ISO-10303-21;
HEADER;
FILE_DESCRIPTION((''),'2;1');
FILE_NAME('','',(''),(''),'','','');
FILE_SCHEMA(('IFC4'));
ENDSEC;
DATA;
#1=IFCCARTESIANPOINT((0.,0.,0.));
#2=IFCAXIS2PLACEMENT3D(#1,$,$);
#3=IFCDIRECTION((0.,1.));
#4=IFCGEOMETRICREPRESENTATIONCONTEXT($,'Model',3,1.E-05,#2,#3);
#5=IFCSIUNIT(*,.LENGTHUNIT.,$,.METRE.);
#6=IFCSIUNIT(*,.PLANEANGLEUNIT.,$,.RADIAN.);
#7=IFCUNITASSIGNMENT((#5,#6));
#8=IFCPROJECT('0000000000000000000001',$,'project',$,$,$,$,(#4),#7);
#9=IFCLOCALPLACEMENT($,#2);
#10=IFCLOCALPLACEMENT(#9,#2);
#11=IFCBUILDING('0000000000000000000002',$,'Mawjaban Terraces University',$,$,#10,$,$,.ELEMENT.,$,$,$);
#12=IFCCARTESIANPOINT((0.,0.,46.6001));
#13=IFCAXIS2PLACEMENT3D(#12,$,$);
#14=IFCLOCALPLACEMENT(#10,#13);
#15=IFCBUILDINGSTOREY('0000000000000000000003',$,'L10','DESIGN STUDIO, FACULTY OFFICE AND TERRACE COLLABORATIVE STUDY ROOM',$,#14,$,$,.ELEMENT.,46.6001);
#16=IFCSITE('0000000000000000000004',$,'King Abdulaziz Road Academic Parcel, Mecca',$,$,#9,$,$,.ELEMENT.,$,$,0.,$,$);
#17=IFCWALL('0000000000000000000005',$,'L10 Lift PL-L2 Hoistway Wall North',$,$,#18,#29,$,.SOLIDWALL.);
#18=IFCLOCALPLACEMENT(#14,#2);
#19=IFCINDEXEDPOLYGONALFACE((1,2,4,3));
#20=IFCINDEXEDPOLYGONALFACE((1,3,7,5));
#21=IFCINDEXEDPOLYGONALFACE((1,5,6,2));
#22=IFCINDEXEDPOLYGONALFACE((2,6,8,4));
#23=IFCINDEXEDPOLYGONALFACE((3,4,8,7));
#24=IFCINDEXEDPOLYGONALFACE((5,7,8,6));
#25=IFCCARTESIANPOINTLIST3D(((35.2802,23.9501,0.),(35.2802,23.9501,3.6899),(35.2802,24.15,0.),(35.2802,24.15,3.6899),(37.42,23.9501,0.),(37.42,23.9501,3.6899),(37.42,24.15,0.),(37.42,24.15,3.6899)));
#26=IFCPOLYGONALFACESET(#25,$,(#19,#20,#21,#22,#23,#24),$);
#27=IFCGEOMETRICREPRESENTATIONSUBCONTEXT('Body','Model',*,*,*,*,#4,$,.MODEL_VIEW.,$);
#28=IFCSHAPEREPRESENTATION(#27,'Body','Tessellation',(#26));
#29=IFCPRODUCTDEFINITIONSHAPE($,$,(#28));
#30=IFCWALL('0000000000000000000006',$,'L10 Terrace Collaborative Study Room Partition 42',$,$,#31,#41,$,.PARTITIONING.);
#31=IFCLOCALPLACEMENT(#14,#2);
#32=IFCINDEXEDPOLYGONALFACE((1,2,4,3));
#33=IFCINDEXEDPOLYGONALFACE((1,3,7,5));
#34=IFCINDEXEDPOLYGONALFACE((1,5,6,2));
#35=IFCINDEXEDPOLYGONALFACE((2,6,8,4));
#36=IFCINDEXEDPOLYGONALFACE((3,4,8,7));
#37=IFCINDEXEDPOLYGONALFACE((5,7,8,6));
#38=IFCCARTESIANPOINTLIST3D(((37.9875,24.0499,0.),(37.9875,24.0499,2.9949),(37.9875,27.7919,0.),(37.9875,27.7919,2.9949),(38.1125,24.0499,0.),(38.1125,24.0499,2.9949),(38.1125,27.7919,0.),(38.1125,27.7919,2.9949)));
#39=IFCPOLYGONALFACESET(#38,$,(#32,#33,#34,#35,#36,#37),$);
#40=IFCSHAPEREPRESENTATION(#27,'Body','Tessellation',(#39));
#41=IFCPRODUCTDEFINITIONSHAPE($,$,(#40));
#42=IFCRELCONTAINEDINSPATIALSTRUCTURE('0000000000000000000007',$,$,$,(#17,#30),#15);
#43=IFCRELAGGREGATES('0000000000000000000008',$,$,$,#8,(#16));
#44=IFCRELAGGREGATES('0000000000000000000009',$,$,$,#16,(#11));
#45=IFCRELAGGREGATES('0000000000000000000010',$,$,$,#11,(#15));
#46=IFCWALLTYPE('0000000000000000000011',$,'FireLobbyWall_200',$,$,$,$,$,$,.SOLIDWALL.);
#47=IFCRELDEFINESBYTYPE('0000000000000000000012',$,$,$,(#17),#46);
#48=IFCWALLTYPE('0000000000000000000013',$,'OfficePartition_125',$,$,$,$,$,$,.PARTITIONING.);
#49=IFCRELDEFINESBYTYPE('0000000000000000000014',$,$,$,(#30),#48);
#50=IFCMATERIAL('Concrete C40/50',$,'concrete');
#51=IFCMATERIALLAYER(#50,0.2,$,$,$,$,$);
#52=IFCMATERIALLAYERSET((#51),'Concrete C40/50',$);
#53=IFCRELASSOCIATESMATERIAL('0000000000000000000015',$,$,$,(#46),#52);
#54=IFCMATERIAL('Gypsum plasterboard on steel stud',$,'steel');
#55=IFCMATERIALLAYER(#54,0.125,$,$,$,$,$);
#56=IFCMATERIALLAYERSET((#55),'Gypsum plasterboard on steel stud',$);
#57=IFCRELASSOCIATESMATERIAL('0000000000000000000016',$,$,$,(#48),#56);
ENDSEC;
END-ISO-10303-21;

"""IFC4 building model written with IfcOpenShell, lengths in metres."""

from ifc_helpers import new_model, si_unit, direction, frame, frame_2d, origin, place, context, subcontext, project, spatial, rectangle, extrude, material, layer, layer_set, type_object, element, save


model = new_model("IFC4")

# Units and contexts
model_context = context("Model", 3, precision=1e-05, world=origin(), true_north=direction((0.0, 1.0)))
body_context = subcontext(model_context, "Body", "Model", "MODEL_VIEW")
ifc_project = project(units=[si_unit("LENGTHUNIT", "METRE"), si_unit("PLANEANGLEUNIT", "RADIAN")], contexts=[model_context])

# Site, building, storey
site_placement = place(None, origin())
site = spatial("IfcSite", under=ifc_project, at=site_placement, Name="King Abdulaziz Road Academic Parcel, Mecca", CompositionType="ELEMENT", RefElevation=0.0)
building_placement = place(site_placement, origin())
building = spatial("IfcBuilding", under=site, at=building_placement, Name="Mawjaban Terraces University", CompositionType="ELEMENT")
storey_placement = place(building_placement, frame((0.0, 0.0, 46.6001)))
storey = spatial("IfcBuildingStorey", under=building, at=storey_placement, Name="L10", Description="DESIGN STUDIO, FACULTY OFFICE AND TERRACE COLLABORATIVE STUDY ROOM", CompositionType="ELEMENT", Elevation=46.6001)

# Walls
ifc_material_1 = material(Name="Concrete C40/50", Category="concrete")
ifc_layer_1 = layer(ifc_material_1, 0.2)
ifc_layer_set_1 = layer_set([ifc_layer_1], Name="Concrete C40/50")
wall_type_1 = type_object("IfcWallType", Name="FireLobbyWall_200", PredefinedType="SOLIDWALL", material=ifc_layer_set_1)
for number, where, z_axis, x_axis, name in (
    (1, (37.4199, 24.05, 0.0), (0.0, 0.0, 1.0), (-1.0, 0.0, 0.0), "L10 Lift PL-L2 Hoistway Wall North"),
):
    element("IfcWall", number, at=place(storey_placement, frame(where, z_axis=z_axis, x_axis=x_axis)), inside=storey, type_object=wall_type_1, Name=name, PredefinedType="SOLIDWALL", context=body_context, shape_type="SweptSolid", body=[
        extrude(rectangle(XDim=2.1399, YDim=0.2, at=frame_2d((1.0698, 0.0))), origin(), (0.0, 0.0, 1.0), 3.6899),
    ])
ifc_material_2 = material(Name="Gypsum plasterboard on steel stud", Category="steel")
ifc_layer_2 = layer(ifc_material_2, 0.125)
ifc_layer_set_2 = layer_set([ifc_layer_2], Name="Gypsum plasterboard on steel stud")
wall_type_2 = type_object("IfcWallType", Name="OfficePartition_125", PredefinedType="PARTITIONING", material=ifc_layer_set_2)
wall_1_placement = place(storey_placement, frame((38.05, 27.792, 0.0), z_axis=(0.0, 0.0, 1.0), x_axis=(0.0, -1.0, 0.0)))
element("IfcWall", 2, at=wall_1_placement, inside=storey, type_object=wall_type_2, Name="L10 Terrace Collaborative Study Room Partition 42", PredefinedType="PARTITIONING", context=body_context, shape_type="SweptSolid", body=[
    extrude(rectangle(XDim=3.7419, YDim=0.125, at=frame_2d((1.8711, 0.0))), origin(), (0.0, 0.0, 1.0), 2.9949),
])

save(model, "model.ifc")
